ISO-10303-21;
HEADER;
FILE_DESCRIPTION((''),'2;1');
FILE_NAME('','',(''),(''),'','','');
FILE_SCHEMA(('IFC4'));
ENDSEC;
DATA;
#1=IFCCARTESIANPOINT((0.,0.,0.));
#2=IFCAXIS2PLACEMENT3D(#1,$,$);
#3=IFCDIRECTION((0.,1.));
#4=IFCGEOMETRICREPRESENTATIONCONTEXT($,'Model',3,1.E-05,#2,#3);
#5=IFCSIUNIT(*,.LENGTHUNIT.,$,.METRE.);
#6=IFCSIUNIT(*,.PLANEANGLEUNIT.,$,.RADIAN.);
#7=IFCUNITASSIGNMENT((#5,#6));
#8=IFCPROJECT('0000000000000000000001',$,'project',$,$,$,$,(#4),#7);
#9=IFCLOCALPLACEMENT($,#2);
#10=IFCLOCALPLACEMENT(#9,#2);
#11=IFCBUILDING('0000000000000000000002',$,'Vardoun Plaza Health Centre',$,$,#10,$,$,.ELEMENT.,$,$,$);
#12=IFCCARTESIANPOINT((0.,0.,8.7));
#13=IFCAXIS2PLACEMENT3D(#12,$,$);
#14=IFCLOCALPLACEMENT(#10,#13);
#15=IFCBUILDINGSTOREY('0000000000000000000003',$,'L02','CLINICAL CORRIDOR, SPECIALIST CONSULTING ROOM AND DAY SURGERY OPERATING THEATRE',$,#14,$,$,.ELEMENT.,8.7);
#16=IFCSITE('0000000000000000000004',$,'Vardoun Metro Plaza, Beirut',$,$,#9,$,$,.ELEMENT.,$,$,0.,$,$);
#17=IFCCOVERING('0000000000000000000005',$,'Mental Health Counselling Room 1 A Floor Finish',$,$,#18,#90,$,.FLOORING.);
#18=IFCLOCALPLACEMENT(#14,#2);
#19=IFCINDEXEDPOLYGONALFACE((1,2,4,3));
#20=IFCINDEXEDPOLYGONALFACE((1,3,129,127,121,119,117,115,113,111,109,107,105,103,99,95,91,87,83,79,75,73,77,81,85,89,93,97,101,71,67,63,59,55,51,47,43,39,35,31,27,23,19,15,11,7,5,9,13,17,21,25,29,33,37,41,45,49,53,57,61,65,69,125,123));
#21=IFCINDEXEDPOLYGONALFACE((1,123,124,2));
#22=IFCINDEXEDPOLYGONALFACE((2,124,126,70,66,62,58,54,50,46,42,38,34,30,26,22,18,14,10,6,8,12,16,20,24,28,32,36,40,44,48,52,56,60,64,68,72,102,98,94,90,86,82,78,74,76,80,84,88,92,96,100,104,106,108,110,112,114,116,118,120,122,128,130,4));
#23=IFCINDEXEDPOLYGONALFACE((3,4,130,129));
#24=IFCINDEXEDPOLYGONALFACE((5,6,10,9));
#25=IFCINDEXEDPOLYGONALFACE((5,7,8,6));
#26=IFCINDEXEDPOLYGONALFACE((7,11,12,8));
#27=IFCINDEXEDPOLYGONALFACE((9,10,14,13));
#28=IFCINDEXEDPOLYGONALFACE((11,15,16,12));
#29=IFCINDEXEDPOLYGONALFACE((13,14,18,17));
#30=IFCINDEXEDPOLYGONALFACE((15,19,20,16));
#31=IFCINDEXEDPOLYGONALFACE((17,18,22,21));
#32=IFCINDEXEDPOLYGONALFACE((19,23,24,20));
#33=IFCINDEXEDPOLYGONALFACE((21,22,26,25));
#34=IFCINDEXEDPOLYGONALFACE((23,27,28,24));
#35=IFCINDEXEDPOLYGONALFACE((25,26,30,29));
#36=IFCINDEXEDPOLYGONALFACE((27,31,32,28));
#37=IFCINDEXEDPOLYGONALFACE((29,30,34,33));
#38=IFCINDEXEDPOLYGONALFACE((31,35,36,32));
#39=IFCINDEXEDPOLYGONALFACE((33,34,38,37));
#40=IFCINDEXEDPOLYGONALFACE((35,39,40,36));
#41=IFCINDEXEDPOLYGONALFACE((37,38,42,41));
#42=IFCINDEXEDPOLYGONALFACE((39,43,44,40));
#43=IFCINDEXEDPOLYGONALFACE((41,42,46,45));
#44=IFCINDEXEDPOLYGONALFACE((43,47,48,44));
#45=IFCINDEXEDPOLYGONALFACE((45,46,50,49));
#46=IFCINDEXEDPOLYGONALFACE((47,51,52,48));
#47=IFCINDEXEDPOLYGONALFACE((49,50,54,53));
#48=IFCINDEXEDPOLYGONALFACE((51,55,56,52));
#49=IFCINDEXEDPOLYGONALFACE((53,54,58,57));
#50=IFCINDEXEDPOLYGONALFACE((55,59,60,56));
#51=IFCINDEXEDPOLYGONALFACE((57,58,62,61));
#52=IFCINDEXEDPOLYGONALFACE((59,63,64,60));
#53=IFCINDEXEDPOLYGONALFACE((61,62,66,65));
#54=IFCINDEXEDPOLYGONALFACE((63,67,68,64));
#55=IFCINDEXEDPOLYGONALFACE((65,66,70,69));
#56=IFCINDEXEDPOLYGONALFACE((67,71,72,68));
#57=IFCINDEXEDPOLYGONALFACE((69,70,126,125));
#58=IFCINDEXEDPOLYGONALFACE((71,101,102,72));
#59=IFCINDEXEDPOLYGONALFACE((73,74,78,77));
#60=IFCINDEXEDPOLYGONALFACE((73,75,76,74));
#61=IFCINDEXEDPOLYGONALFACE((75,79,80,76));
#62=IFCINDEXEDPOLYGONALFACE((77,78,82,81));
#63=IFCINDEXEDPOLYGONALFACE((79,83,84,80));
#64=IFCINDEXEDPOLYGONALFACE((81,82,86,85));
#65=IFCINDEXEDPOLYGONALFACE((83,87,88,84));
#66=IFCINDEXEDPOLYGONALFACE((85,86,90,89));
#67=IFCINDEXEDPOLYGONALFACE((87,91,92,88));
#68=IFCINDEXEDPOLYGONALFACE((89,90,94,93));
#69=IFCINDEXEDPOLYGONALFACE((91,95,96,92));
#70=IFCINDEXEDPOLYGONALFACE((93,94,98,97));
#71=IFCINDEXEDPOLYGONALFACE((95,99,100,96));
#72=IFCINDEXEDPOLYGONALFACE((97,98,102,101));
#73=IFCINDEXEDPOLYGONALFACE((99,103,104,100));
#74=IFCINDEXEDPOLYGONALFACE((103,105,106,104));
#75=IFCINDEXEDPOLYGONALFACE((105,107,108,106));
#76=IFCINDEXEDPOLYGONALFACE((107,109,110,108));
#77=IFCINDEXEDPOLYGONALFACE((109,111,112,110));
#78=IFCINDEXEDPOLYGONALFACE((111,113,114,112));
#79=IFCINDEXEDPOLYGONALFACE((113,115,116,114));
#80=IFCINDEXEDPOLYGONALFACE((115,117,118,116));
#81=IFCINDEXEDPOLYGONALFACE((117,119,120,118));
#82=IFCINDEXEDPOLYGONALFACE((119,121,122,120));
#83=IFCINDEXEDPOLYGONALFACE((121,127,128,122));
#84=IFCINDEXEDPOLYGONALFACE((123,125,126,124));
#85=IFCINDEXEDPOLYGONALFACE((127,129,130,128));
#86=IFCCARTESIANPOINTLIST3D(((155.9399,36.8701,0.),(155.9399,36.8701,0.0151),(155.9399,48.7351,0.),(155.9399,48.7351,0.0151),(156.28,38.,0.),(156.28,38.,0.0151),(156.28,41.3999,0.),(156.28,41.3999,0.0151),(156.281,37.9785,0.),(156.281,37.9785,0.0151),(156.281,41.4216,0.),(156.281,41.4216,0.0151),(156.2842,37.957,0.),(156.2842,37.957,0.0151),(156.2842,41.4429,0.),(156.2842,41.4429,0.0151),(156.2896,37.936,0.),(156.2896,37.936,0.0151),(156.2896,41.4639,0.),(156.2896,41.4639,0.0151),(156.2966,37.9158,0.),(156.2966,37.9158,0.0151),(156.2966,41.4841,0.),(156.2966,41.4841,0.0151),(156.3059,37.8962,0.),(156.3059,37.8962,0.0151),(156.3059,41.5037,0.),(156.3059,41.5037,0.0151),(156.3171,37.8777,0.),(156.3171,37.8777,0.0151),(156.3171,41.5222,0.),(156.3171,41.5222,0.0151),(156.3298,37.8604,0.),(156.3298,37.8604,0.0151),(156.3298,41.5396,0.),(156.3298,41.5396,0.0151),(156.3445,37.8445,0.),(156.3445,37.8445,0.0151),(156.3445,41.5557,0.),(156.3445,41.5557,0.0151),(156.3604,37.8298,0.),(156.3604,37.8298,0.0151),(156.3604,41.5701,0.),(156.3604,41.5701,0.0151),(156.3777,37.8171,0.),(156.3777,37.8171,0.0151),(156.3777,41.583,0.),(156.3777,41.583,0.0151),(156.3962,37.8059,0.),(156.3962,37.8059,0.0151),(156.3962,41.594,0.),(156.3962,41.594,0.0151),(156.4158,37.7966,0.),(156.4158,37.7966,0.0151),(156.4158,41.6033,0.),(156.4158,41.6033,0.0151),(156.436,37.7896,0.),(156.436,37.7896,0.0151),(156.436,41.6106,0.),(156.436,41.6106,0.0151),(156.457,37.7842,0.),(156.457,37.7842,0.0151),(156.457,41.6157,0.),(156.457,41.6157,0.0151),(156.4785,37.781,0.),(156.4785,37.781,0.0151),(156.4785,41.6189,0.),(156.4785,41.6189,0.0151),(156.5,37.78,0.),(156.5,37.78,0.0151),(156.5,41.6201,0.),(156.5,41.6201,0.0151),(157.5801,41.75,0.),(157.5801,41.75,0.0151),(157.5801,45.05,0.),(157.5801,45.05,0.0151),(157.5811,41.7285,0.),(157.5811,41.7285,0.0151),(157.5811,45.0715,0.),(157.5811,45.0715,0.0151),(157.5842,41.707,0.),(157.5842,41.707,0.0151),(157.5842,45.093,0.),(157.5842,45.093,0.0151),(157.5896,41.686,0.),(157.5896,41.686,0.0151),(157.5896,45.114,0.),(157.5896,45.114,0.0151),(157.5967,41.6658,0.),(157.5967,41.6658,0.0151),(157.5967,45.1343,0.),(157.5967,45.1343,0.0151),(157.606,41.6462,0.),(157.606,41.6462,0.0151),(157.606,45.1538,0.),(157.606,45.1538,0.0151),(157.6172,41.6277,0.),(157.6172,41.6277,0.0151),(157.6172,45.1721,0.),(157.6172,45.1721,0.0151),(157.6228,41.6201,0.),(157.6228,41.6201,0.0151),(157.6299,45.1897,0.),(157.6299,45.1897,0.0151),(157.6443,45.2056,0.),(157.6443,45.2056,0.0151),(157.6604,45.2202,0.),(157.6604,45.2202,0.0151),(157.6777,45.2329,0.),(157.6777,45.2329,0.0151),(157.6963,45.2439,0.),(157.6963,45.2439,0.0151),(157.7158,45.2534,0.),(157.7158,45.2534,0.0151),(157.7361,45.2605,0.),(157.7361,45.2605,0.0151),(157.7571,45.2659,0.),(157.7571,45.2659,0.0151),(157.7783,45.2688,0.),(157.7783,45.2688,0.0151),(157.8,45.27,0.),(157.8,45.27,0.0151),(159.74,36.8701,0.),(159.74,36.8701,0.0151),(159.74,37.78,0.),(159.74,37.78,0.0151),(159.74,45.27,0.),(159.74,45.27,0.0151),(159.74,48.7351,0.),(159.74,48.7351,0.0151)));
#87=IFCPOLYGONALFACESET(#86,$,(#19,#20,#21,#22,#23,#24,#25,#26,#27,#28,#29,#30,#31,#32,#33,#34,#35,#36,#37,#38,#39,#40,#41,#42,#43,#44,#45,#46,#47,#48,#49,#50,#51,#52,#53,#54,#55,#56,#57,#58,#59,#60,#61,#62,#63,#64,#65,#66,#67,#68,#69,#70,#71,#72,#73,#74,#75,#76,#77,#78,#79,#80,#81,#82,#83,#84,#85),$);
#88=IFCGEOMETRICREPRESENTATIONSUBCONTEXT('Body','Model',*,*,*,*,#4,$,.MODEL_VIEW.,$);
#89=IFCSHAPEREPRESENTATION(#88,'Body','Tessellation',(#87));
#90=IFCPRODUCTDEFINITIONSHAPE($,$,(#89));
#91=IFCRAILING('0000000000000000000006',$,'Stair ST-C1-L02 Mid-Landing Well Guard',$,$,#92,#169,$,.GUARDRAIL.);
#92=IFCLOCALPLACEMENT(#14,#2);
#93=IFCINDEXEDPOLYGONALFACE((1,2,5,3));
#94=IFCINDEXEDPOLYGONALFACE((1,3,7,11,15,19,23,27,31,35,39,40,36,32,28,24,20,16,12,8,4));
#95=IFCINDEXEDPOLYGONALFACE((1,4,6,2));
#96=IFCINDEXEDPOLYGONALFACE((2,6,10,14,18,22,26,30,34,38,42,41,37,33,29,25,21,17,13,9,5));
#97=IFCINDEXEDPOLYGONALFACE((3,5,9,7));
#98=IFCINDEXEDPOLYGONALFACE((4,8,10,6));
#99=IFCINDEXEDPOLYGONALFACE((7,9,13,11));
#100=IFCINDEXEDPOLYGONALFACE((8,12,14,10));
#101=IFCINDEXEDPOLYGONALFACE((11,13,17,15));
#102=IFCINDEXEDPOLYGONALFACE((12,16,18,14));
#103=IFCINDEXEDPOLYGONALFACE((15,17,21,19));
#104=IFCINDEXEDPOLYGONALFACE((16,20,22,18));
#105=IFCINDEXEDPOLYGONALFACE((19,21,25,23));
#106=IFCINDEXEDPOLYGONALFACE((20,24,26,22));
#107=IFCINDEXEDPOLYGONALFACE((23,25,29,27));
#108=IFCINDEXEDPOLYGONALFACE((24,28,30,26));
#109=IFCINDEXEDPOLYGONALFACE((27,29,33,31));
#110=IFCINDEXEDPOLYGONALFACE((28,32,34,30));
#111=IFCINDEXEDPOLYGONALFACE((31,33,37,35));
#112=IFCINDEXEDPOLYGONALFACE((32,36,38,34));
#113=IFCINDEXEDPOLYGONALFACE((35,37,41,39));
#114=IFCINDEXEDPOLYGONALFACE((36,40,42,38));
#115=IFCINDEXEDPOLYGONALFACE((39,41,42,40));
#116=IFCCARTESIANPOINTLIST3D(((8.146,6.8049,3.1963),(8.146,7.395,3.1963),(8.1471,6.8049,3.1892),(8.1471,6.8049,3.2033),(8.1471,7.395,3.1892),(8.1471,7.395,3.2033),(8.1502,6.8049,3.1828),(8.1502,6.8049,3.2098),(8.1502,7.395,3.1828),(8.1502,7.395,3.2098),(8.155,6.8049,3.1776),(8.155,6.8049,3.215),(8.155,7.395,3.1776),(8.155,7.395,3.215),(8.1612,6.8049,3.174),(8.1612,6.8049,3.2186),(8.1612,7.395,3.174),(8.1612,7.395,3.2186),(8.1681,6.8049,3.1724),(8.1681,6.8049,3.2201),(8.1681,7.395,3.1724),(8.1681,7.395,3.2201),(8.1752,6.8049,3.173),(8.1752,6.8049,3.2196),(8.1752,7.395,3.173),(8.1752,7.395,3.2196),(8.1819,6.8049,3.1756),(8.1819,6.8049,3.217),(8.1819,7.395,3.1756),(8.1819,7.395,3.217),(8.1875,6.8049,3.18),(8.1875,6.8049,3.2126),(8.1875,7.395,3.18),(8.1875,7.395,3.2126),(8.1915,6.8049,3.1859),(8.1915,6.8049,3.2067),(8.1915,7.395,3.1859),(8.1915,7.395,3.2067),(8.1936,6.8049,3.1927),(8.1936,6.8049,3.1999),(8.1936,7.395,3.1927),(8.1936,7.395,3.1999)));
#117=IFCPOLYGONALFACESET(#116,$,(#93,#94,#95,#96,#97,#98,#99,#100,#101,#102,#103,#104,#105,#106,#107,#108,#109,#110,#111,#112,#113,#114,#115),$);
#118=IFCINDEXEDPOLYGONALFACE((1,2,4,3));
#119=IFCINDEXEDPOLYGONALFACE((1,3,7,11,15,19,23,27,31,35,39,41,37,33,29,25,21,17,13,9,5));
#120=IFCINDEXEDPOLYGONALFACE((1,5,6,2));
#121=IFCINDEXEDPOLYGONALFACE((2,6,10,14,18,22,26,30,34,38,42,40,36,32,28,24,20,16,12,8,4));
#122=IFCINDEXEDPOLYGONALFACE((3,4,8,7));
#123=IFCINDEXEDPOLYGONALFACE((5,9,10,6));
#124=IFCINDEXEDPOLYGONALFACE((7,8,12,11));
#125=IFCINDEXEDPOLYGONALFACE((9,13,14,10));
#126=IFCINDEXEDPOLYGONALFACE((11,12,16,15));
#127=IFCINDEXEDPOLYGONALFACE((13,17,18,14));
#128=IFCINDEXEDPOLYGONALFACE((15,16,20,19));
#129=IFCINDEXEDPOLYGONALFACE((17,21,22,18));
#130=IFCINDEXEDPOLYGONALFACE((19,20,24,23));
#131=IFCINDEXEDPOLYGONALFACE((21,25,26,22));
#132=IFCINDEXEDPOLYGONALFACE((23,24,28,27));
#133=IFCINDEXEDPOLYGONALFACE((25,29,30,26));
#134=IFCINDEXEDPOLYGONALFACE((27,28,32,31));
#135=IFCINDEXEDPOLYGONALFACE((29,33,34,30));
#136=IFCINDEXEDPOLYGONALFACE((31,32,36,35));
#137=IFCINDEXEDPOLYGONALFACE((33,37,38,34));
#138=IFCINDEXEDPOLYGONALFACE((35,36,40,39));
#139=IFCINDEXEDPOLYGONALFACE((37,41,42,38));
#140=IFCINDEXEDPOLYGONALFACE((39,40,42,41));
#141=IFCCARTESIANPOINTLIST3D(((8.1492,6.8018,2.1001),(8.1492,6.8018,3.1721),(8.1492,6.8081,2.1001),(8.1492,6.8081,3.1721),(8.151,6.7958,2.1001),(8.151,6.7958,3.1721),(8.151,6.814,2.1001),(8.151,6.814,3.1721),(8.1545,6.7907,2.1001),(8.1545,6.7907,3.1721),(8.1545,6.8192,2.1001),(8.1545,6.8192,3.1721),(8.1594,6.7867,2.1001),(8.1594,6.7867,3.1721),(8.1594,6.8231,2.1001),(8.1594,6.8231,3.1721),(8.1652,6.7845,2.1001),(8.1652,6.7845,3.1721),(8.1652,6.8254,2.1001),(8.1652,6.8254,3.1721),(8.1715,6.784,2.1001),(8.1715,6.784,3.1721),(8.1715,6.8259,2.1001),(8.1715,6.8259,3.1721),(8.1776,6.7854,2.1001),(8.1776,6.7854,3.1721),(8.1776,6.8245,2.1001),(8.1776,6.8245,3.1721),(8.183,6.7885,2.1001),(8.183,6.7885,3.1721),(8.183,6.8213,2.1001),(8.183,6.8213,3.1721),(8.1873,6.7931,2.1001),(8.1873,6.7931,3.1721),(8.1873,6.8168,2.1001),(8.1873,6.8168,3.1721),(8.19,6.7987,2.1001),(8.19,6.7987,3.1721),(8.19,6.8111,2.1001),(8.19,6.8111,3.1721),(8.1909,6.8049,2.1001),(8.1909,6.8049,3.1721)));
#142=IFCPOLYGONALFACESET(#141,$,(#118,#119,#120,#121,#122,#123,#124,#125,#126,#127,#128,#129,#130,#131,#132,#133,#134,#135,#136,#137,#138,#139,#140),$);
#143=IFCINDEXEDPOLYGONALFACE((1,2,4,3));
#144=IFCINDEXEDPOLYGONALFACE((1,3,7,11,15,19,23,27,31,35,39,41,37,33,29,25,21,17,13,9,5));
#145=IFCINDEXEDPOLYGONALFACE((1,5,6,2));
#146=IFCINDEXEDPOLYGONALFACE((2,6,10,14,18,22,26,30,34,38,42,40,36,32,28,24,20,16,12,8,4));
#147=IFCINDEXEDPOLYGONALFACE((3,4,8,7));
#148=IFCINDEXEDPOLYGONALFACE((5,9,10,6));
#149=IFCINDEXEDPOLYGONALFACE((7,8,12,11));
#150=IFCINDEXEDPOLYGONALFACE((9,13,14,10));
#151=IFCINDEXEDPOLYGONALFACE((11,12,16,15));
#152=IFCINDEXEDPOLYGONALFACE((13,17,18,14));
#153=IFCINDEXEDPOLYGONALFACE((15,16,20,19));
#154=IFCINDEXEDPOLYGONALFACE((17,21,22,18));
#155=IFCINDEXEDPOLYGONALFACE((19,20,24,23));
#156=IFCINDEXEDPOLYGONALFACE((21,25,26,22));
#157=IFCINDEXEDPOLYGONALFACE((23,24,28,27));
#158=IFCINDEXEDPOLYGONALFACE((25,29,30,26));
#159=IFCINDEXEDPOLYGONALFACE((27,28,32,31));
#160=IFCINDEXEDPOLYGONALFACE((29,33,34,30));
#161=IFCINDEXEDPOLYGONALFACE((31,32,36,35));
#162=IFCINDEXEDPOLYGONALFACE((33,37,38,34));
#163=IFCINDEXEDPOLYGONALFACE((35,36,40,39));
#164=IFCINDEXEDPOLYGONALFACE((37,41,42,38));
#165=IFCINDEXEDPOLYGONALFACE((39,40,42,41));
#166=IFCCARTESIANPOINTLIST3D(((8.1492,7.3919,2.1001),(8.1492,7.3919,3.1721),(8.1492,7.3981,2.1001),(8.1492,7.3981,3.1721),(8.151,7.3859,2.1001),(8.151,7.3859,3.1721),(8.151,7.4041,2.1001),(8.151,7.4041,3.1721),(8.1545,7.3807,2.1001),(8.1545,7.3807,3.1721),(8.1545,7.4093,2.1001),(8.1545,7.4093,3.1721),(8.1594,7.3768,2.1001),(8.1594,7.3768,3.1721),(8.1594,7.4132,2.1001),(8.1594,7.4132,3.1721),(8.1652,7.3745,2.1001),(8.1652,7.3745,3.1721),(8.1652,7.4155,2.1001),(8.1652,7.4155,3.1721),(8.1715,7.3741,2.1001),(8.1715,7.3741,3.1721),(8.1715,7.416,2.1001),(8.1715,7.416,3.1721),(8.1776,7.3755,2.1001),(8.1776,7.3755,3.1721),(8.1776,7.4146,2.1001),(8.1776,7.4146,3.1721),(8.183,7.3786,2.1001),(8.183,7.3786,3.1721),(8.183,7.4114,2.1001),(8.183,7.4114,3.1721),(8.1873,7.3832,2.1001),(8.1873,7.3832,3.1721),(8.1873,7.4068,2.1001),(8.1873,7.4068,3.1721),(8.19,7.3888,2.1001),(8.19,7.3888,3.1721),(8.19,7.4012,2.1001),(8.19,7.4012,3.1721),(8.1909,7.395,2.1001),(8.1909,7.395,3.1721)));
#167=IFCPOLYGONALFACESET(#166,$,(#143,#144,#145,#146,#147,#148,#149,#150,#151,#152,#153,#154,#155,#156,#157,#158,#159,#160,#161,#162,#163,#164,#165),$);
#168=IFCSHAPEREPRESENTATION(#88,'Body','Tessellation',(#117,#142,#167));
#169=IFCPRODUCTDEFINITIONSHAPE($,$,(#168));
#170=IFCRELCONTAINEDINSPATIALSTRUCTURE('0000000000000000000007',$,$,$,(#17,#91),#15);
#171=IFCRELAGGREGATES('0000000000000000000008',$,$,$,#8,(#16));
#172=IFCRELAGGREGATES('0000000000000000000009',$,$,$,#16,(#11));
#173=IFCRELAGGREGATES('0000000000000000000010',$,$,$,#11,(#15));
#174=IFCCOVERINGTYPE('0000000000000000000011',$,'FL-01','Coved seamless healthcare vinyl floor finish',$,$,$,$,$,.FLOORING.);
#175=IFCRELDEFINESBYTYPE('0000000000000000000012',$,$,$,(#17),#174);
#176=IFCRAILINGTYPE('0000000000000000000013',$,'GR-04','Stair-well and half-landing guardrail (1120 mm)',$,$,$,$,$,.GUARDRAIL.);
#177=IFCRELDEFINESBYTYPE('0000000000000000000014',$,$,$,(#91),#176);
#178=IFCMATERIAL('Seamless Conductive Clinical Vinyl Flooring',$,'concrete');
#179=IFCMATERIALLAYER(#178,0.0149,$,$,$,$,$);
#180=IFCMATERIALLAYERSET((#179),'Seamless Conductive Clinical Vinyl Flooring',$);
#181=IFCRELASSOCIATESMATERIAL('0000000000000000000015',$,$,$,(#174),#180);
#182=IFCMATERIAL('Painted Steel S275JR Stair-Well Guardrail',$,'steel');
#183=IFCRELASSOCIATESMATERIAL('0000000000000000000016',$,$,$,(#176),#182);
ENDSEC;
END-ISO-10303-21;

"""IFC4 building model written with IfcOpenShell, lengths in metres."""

from ifc_helpers import new_model, si_unit, direction, frame, origin, origin_2d, place, context, subcontext, project, spatial, polyline, circle, outline, extrude, material, layer, layer_set, type_object, element, save


model = new_model("IFC4")

# Units and contexts
model_context = context("Model", 3, precision=1e-05, world=origin(), true_north=direction((0.0, 1.0)))
body_context = subcontext(model_context, "Body", "Model", "MODEL_VIEW")
ifc_project = project(units=[si_unit("LENGTHUNIT", "METRE"), si_unit("PLANEANGLEUNIT", "RADIAN")], contexts=[model_context])

# Site, building, storey
site_placement = place(None, origin())
site = spatial("IfcSite", under=ifc_project, at=site_placement, Name="Vardoun Metro Plaza, Beirut", CompositionType="ELEMENT", RefElevation=0.0)
building_placement = place(site_placement, origin())
building = spatial("IfcBuilding", under=site, at=building_placement, Name="Vardoun Plaza Health Centre", CompositionType="ELEMENT")
storey_placement = place(building_placement, frame((0.0, 0.0, 8.7)))
storey = spatial("IfcBuildingStorey", under=building, at=storey_placement, Name="L02", Description="CLINICAL CORRIDOR, SPECIALIST CONSULTING ROOM AND DAY SURGERY OPERATING THEATRE", CompositionType="ELEMENT", Elevation=8.7)

# Covering
ifc_material_1 = material(Name="Seamless Conductive Clinical Vinyl Flooring", Category="concrete")
ifc_layer_1 = layer(ifc_material_1, 0.0149)
ifc_layer_set_1 = layer_set([ifc_layer_1], Name="Seamless Conductive Clinical Vinyl Flooring")
covering_type_1 = type_object("IfcCoveringType", Name="FL-01", Description="Coved seamless healthcare vinyl floor finish", PredefinedType="FLOORING", material=ifc_layer_set_1)
covering_1_placement = place(storey_placement, origin())
element("IfcCovering", 1, at=covering_1_placement, inside=storey, type_object=covering_type_1, Name="Mental Health Counselling Room 1 A Floor Finish", PredefinedType="FLOORING", context=body_context, shape_type="SweptSolid", body=[
    extrude(outline(polyline([(157.6228, 41.6201), (156.5, 41.6201), (156.4785, 41.6189), (156.457, 41.6157), (156.436, 41.6106), (156.4158, 41.6033), (156.3962, 41.594), (156.3777, 41.583), (156.3604, 41.5701), (156.3445, 41.5557), (156.3298, 41.5396), (156.3171, 41.5222), (156.3059, 41.5037), (156.2966, 41.4841), (156.2896, 41.4639), (156.2842, 41.4429), (156.281, 41.4216), (156.28, 41.3999), (156.28, 38.0), (156.281, 37.9785), (156.2842, 37.957), (156.2896, 37.936), (156.2966, 37.9158), (156.3059, 37.8962), (156.3171, 37.8777), (156.3298, 37.8604), (156.3445, 37.8445), (156.3604, 37.8298), (156.3777, 37.8171), (156.3962, 37.8059), (156.4158, 37.7966), (156.436, 37.7896), (156.457, 37.7842), (156.4785, 37.781), (156.5, 37.78), (159.74, 37.78), (159.74, 36.8701), (155.9399, 36.8701), (155.9399, 48.7351), (159.74, 48.7351), (159.74, 45.27), (157.8, 45.27), (157.7783, 45.2688), (157.7571, 45.2659), (157.7361, 45.2605), (157.7158, 45.2534), (157.6963, 45.2439), (157.6777, 45.2329), (157.6604, 45.2202), (157.6443, 45.2056), (157.6299, 45.1897), (157.6172, 45.1721), (157.606, 45.1538), (157.5967, 45.1343), (157.5896, 45.114), (157.5842, 45.093), (157.5811, 45.0715), (157.5801, 45.05), (157.5801, 41.75), (157.5811, 41.7285), (157.5842, 41.707), (157.5896, 41.686), (157.5967, 41.6658), (157.606, 41.6462), (157.6172, 41.6277), (157.6228, 41.6201)])), origin(), (0.0, 0.0, 1.0), 0.0151),
])

# Railing
ifc_material_2 = material(Name="Painted Steel S275JR Stair-Well Guardrail", Category="steel")
railing_type_1 = type_object("IfcRailingType", Name="GR-04", Description="Stair-well and half-landing guardrail (1120 mm)", PredefinedType="GUARDRAIL", material=ifc_material_2)
railing_1_placement = place(storey_placement, frame((8.1699, 6.8049, 2.1001)))
element("IfcRailing", 2, at=railing_1_placement, inside=storey, type_object=railing_type_1, Name="Stair ST-C1-L02 Mid-Landing Well Guard", PredefinedType="GUARDRAIL", context=body_context, shape_type="SweptSolid", body=[
    extrude(circle(Radius=0.0239, at=origin_2d()), frame((0.0, 0.0, 1.0962), z_axis=(0.0, 1.0, 0.0), x_axis=(-1.0, 0.0, 0.0)), (0.0, 0.0, 1.0), 0.5901),
    extrude(circle(Radius=0.021, at=origin_2d()), origin(), (0.0, 0.0, 1.0), 1.072),
    extrude(circle(Radius=0.021, at=origin_2d()), frame((0.0, 0.5901, 0.0)), (0.0, 0.0, 1.0), 1.072),
])

save(model, "model.ifc")
